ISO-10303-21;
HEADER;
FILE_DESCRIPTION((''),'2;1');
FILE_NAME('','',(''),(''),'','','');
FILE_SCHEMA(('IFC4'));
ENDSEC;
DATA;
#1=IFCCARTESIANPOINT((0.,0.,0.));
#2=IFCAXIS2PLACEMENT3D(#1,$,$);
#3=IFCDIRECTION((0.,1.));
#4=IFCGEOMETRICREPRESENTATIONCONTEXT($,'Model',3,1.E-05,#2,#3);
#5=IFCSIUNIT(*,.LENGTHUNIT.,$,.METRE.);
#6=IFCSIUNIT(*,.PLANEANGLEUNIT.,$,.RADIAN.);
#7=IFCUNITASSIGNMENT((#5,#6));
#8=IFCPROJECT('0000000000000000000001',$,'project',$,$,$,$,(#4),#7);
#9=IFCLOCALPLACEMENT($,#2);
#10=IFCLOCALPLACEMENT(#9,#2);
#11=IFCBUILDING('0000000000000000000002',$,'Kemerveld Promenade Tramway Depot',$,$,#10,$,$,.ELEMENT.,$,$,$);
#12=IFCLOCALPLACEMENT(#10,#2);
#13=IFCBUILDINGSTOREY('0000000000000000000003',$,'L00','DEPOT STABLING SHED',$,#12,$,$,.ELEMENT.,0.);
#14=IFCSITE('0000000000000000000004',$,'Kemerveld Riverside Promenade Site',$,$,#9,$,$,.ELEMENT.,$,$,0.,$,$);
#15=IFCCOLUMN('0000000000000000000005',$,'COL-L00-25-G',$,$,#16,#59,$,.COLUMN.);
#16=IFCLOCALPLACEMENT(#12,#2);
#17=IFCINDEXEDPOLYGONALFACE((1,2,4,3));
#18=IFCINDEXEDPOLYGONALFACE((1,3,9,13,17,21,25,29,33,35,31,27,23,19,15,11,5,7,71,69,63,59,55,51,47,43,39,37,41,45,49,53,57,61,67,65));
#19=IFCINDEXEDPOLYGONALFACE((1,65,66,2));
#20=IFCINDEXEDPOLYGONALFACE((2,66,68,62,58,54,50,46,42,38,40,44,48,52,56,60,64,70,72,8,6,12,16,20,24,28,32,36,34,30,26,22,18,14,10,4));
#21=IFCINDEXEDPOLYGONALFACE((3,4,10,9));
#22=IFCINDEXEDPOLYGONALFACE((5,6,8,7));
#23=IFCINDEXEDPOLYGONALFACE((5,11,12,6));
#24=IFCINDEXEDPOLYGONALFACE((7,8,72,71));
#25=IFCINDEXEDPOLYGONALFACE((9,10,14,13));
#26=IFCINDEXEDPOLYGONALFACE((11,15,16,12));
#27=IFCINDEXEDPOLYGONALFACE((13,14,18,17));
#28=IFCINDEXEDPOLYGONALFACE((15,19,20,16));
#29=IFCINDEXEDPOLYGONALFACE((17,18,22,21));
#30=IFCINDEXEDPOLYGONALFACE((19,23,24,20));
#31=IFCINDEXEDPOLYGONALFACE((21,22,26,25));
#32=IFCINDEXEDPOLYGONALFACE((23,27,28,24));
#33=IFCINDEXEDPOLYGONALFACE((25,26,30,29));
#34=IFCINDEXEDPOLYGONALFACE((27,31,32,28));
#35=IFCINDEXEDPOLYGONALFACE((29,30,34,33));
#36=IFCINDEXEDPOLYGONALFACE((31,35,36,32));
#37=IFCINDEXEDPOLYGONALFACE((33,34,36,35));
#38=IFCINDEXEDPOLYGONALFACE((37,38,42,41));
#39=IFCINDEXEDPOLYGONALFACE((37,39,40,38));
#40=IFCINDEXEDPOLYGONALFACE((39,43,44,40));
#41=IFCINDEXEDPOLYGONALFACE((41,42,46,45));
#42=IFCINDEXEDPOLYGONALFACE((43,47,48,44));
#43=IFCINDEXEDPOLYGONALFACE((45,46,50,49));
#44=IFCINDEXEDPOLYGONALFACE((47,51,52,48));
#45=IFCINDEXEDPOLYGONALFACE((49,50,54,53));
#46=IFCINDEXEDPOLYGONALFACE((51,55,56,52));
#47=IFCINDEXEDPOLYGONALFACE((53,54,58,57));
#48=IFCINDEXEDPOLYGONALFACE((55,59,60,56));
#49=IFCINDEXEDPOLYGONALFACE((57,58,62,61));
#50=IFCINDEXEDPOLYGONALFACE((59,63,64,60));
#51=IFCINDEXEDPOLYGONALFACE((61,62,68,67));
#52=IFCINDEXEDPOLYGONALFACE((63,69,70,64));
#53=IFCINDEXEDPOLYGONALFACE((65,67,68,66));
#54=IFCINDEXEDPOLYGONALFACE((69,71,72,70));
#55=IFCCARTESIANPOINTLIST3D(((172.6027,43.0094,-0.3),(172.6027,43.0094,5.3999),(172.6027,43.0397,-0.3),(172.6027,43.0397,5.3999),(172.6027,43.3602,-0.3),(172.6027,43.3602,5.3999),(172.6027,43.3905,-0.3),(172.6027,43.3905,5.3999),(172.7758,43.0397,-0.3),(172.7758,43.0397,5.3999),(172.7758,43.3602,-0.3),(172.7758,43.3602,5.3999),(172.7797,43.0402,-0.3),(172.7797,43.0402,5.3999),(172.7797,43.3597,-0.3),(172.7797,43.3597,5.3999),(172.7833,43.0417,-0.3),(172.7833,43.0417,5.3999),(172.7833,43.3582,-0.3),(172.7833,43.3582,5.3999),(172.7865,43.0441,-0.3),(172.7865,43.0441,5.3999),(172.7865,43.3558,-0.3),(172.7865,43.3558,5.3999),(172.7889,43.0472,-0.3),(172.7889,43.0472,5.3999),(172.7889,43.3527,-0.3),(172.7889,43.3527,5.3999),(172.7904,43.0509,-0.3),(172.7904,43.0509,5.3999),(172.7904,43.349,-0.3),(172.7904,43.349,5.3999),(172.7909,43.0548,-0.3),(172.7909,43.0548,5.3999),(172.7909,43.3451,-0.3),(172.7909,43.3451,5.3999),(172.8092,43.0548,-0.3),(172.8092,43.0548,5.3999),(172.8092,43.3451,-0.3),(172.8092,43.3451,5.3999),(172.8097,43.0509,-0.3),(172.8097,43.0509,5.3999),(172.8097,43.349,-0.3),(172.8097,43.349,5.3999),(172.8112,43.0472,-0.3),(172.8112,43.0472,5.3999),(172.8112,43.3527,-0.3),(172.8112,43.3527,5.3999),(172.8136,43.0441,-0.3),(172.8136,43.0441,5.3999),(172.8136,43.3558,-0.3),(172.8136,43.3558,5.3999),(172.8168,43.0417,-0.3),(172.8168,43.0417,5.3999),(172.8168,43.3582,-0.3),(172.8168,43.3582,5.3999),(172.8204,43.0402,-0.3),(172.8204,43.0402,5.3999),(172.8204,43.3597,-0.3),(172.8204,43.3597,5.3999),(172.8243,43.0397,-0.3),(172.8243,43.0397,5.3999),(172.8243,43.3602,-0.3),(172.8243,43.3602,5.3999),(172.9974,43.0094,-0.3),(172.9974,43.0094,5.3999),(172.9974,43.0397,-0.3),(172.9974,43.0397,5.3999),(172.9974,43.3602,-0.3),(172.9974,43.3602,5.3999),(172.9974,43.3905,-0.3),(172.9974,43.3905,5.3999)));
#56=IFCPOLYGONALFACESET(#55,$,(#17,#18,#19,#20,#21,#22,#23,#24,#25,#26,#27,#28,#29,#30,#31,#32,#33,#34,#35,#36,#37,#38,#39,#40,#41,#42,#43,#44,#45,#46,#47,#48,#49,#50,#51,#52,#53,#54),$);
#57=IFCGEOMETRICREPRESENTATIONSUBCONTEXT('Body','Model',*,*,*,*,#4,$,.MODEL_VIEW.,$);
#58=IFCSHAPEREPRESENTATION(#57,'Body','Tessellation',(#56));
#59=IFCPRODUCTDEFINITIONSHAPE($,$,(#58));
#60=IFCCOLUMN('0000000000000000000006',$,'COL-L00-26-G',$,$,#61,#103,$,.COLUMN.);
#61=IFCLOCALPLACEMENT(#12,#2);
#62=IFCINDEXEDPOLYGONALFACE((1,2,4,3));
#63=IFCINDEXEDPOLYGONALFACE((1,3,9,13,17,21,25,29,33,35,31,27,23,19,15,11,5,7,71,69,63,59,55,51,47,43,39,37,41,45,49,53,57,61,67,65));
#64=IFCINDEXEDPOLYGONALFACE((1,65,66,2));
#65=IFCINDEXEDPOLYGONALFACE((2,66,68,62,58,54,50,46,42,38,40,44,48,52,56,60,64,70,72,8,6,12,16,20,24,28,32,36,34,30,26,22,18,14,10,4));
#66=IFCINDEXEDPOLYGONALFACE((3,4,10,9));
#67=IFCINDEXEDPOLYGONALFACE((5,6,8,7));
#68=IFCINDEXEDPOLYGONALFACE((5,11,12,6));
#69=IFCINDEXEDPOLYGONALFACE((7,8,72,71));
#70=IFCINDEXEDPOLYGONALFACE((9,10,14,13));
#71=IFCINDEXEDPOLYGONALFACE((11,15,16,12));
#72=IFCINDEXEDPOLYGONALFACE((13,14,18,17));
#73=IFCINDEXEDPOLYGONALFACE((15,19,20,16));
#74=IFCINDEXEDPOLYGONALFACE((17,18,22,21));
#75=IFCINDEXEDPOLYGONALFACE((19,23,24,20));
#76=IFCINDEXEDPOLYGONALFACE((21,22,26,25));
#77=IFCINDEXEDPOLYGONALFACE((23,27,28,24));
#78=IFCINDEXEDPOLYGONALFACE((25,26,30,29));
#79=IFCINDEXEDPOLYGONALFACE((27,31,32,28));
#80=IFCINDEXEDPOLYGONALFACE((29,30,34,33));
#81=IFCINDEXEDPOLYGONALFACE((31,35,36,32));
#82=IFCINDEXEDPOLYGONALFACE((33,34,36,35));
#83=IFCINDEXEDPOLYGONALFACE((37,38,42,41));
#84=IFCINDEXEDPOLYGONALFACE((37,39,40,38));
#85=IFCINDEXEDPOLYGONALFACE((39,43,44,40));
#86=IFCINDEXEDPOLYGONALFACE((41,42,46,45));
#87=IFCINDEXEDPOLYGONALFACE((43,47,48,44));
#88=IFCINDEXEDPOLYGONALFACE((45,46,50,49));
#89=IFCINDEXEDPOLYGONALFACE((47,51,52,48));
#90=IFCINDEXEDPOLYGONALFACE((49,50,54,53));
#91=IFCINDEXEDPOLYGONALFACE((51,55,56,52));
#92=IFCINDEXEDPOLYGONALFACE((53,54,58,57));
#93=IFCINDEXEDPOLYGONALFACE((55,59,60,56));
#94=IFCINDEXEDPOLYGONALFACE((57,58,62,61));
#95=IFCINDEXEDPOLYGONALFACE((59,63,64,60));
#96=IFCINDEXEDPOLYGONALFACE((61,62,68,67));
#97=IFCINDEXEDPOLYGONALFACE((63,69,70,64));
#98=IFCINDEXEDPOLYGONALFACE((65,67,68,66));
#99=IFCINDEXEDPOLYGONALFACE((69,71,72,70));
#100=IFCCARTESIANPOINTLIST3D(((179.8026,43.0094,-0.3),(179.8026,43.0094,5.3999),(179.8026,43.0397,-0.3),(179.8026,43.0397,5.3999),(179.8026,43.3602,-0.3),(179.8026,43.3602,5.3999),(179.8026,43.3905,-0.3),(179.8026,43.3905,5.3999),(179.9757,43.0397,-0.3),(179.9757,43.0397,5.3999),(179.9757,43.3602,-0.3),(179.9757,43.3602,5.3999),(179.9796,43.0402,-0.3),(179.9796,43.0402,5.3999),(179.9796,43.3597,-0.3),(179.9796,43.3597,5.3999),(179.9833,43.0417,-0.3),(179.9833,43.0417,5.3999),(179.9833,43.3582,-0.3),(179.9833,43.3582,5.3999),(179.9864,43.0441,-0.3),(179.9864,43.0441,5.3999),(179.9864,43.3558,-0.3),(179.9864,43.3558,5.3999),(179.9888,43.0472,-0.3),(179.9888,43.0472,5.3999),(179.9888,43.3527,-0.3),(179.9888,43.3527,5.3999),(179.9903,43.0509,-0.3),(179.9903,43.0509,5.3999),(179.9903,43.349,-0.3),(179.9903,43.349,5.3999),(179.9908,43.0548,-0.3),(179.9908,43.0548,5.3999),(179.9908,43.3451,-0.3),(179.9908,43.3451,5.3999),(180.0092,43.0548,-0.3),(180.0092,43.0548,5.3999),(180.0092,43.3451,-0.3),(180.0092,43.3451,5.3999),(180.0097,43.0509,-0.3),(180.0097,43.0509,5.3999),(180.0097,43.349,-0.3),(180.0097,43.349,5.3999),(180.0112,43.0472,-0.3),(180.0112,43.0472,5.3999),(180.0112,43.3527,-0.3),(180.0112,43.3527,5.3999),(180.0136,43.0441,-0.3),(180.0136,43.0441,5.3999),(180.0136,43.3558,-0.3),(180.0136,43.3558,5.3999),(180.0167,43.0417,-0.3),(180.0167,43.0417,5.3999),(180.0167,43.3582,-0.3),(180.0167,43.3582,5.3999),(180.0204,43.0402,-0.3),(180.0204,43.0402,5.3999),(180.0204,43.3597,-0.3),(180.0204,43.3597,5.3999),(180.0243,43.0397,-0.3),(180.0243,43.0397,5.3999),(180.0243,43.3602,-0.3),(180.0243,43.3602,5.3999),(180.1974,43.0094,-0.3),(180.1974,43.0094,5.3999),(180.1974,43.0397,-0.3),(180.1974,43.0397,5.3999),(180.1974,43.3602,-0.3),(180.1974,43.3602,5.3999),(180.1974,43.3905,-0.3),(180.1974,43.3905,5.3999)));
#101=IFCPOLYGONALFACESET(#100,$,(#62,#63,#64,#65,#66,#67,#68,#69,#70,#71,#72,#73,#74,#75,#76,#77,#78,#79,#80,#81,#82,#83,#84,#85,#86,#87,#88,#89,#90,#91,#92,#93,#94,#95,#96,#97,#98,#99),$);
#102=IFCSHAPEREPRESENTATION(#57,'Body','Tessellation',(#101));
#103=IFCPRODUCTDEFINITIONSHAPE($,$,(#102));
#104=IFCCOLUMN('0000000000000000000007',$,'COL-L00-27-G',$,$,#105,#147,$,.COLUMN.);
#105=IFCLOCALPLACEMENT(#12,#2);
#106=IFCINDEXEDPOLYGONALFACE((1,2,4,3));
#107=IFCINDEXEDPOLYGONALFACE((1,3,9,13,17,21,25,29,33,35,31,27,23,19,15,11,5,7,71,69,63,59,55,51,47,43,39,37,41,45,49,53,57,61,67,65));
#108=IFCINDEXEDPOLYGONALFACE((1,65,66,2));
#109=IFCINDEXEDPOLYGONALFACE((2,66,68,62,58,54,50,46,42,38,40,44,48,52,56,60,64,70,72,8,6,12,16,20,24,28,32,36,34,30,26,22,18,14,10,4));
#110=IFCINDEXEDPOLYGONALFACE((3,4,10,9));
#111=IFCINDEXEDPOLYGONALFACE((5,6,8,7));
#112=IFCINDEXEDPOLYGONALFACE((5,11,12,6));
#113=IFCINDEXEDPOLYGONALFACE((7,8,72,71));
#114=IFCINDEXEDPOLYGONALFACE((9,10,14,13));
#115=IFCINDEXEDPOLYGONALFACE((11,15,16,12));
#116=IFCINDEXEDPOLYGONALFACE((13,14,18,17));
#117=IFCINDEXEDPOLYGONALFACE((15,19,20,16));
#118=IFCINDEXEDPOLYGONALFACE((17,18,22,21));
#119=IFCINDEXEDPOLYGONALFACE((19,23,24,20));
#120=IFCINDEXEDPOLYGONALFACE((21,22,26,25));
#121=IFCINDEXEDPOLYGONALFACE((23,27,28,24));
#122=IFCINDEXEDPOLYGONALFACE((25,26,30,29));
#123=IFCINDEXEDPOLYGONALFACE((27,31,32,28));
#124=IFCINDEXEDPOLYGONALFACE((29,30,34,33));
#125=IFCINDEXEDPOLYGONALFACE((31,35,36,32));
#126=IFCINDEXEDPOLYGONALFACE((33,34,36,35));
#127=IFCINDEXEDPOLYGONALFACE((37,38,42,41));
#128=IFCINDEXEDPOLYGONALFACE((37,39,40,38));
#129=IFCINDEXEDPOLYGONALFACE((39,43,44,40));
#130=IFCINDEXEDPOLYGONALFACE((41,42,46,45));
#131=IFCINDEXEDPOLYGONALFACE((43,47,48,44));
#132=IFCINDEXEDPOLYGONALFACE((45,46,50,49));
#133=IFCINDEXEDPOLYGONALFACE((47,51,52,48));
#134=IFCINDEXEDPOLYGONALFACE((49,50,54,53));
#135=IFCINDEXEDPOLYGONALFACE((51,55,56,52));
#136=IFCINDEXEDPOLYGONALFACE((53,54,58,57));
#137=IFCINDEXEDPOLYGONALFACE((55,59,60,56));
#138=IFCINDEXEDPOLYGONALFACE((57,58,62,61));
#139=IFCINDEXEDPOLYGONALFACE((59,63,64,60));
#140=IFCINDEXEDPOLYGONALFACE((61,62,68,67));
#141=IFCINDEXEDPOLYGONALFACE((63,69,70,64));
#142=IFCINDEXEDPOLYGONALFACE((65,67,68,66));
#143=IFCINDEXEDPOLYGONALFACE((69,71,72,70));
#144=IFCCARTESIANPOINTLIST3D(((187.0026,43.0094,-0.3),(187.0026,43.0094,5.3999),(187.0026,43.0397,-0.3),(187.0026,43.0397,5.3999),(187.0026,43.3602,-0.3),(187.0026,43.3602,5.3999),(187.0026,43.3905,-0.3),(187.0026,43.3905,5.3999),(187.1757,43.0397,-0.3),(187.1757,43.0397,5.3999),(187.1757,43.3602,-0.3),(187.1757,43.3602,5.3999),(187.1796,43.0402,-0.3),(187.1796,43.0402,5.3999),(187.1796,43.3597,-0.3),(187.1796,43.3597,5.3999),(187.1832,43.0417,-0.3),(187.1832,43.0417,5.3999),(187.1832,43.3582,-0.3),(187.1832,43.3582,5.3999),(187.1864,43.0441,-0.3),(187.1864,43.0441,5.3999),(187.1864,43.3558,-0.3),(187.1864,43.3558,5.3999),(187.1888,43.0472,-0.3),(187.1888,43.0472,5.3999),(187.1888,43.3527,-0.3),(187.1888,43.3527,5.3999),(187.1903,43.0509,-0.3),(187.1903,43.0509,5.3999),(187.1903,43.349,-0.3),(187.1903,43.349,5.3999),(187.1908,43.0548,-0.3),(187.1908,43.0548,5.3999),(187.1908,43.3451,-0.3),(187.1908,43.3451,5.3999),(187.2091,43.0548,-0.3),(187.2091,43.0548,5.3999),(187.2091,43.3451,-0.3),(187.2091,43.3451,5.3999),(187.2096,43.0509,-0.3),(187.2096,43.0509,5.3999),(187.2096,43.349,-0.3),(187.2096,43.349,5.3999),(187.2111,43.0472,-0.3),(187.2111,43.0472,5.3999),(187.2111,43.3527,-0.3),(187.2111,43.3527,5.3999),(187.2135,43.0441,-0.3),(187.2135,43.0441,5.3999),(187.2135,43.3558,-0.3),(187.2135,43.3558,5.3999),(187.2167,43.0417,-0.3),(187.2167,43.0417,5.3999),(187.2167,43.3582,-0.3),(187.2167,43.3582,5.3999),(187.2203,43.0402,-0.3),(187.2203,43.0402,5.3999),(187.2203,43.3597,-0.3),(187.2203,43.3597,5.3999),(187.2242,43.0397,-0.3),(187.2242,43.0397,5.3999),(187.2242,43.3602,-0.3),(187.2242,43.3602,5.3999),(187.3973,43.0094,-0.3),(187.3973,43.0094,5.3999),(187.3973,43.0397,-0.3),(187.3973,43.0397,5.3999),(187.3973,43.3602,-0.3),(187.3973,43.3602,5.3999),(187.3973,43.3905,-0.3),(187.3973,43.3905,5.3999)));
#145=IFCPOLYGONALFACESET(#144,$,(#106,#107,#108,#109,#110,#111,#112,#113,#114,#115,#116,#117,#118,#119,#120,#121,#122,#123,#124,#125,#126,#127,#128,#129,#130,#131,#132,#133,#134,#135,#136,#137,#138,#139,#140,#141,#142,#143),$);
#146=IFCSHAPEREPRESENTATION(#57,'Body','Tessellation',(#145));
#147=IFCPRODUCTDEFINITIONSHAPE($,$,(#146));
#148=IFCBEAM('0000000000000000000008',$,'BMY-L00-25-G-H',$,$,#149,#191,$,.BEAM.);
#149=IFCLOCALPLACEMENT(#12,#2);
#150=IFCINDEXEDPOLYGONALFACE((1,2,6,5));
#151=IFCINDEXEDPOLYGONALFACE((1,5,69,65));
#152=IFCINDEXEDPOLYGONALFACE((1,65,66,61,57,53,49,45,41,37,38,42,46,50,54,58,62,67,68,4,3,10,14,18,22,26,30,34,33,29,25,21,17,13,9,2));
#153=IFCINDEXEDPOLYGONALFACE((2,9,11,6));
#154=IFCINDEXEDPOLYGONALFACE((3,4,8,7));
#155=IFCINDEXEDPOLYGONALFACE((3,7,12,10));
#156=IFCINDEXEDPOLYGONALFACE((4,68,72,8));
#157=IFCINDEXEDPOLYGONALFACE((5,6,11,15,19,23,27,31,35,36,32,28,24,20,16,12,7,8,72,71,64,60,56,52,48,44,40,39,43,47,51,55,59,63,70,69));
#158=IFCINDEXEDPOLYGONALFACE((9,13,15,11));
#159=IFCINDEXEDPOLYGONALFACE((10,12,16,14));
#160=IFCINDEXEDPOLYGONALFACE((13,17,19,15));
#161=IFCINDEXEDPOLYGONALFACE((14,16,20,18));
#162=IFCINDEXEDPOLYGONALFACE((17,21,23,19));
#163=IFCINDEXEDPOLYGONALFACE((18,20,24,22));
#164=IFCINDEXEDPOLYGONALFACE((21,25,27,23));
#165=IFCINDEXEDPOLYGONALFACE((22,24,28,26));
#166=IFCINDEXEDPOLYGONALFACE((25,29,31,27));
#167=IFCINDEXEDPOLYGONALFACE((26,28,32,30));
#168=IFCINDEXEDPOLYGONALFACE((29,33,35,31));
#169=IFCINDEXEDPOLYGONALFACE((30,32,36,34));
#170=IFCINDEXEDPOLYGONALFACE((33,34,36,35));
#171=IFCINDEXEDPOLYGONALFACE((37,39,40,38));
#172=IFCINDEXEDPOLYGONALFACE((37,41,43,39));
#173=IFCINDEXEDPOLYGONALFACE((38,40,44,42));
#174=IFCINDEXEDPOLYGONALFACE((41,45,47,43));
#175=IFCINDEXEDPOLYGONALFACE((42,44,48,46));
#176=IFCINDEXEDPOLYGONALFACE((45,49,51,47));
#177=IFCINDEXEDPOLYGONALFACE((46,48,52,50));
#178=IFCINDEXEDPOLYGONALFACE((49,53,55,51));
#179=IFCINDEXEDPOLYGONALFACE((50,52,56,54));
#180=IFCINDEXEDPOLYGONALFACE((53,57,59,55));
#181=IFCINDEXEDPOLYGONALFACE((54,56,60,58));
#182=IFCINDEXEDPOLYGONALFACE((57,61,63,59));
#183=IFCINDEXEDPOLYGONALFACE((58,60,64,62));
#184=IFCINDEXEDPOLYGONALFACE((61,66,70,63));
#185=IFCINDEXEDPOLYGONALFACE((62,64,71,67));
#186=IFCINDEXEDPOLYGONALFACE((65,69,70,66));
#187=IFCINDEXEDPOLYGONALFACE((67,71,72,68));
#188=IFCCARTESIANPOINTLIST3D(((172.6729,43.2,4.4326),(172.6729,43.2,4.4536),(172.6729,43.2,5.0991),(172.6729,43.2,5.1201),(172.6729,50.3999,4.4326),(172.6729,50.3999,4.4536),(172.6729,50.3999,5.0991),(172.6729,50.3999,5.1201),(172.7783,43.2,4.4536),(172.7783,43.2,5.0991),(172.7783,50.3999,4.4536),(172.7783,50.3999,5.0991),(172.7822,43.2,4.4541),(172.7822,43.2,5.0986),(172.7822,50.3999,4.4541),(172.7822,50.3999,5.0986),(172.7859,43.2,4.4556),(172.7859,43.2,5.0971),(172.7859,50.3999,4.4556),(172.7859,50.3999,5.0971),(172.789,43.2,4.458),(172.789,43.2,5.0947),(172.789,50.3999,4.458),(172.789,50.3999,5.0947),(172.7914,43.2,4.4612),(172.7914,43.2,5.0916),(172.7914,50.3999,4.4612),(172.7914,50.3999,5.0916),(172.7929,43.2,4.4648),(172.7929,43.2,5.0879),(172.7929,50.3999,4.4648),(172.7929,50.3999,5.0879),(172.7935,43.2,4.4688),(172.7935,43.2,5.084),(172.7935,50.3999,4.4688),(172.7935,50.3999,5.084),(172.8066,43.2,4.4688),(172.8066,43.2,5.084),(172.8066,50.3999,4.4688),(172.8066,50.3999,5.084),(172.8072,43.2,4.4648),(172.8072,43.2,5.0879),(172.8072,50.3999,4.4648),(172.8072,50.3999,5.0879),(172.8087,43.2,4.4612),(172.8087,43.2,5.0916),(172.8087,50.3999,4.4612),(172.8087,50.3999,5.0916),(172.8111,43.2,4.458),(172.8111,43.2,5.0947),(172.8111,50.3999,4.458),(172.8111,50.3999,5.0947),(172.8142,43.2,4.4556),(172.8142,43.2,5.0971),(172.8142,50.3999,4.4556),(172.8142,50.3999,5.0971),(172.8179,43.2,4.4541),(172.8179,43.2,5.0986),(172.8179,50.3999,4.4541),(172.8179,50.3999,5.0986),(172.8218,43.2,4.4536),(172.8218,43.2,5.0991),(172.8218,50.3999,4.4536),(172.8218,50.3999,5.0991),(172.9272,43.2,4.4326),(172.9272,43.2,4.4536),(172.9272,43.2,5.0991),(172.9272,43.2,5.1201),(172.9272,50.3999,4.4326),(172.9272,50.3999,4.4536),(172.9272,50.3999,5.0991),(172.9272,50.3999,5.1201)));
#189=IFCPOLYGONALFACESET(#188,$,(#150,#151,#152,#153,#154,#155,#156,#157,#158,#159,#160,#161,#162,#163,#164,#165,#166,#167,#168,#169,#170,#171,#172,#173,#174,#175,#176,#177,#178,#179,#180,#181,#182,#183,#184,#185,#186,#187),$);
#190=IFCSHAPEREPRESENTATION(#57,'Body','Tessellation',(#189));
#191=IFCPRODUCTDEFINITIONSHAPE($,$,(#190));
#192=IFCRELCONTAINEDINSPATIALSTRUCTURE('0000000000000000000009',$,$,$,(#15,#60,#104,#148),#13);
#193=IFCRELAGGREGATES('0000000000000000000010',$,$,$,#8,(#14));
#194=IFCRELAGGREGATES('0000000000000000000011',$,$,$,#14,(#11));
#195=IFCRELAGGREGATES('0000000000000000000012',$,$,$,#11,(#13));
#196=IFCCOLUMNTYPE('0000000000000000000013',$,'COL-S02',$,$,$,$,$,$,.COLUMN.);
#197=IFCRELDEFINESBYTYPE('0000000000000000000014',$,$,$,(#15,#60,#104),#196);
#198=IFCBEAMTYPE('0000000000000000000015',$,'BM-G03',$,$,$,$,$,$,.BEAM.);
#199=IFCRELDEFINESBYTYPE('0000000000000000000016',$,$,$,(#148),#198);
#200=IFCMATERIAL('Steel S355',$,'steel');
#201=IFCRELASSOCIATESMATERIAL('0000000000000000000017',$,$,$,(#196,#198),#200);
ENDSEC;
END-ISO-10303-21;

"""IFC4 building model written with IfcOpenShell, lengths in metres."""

from ifc_helpers import new_model, si_unit, direction, frame, origin, origin_2d, place, context, subcontext, project, spatial, i_section, extrude, material, material_profile, profile_set, type_object, element, save


model = new_model("IFC4")

# Units and contexts
model_context = context("Model", 3, precision=1e-05, world=origin(), true_north=direction((0.0, 1.0)))
body_context = subcontext(model_context, "Body", "Model", "MODEL_VIEW")
ifc_project = project(units=[si_unit("LENGTHUNIT", "METRE"), si_unit("PLANEANGLEUNIT", "RADIAN")], contexts=[model_context])

# Site, building, storey
site_placement = place(None, origin())
site = spatial("IfcSite", under=ifc_project, at=site_placement, Name="Kemerveld Riverside Promenade Site", CompositionType="ELEMENT", RefElevation=0.0)
building_placement = place(site_placement, origin())
building = spatial("IfcBuilding", under=site, at=building_placement, Name="Kemerveld Promenade Tramway Depot", CompositionType="ELEMENT")
storey_placement = place(building_placement, origin())
storey = spatial("IfcBuildingStorey", under=building, at=storey_placement, Name="L00", Description="DEPOT STABLING SHED", CompositionType="ELEMENT", Elevation=0.0)

# Columns
ifc_material_1 = material(Name="Steel S355", Category="steel")
ifc_material_profile_1 = material_profile(ifc_material_1, i_section(OverallWidth=0.3948, OverallDepth=0.3811, WebThickness=0.0183, FlangeThickness=0.0303, FilletRadius=0.0151, at=origin_2d()), Name="356x406x235 UC")
ifc_profile_set_1 = profile_set([ifc_material_profile_1], Name="Steel S355")
column_type = type_object("IfcColumnType", Name="COL-S02", PredefinedType="COLUMN", material=ifc_profile_set_1)
for number, where, z_axis, x_axis, name in (
    (1, (172.8, 43.2, -0.3), (0.0, 0.0, 1.0), (1.0, 0.0, 0.0), "COL-L00-25-G"),
    (2, (180.0, 43.2, -0.3), (0.0, 0.0, 1.0), (1.0, 0.0, 0.0), "COL-L00-26-G"),
    (3, (187.2, 43.2, -0.3), (0.0, 0.0, 1.0), (1.0, 0.0, 0.0), "COL-L00-27-G"),
):
    element("IfcColumn", number, at=place(storey_placement, frame(where, z_axis=z_axis, x_axis=x_axis)), inside=storey, type_object=column_type, Name=name, PredefinedType="COLUMN", context=body_context, shape_type="SweptSolid", body=[
        extrude(i_section(OverallWidth=0.3948, OverallDepth=0.3811, WebThickness=0.0183, FlangeThickness=0.0303, FilletRadius=0.0151, at=origin_2d()), origin(), (0.0, 0.0, 1.0), 5.7),
    ])

# Beam
ifc_material_profile_2 = material_profile(ifc_material_1, i_section(OverallWidth=0.2544, OverallDepth=0.6875, WebThickness=0.0132, FlangeThickness=0.021, FilletRadius=0.0151, at=origin_2d()), Name="686x254x152 UB")
ifc_profile_set_2 = profile_set([ifc_material_profile_2], Name="Steel S355")
beam_type_1 = type_object("IfcBeamType", Name="BM-G03", PredefinedType="BEAM", material=ifc_profile_set_2)
for number, where, z_axis, x_axis, name in (
    (4, (172.8, 43.2, 4.7764), (0.0, 1.0, 0.0), (-1.0, 0.0, 0.0), "BMY-L00-25-G-H"),
):
    element("IfcBeam", number, at=place(storey_placement, frame(where, z_axis=z_axis, x_axis=x_axis)), inside=storey, type_object=beam_type_1, Name=name, PredefinedType="BEAM", context=body_context, shape_type="SweptSolid", body=[
        extrude(i_section(OverallWidth=0.2544, OverallDepth=0.6875, WebThickness=0.0132, FlangeThickness=0.021, FilletRadius=0.0151, at=origin_2d()), origin(), (0.0, 0.0, 1.0), 7.2),
    ])

save(model, "model.ifc")
